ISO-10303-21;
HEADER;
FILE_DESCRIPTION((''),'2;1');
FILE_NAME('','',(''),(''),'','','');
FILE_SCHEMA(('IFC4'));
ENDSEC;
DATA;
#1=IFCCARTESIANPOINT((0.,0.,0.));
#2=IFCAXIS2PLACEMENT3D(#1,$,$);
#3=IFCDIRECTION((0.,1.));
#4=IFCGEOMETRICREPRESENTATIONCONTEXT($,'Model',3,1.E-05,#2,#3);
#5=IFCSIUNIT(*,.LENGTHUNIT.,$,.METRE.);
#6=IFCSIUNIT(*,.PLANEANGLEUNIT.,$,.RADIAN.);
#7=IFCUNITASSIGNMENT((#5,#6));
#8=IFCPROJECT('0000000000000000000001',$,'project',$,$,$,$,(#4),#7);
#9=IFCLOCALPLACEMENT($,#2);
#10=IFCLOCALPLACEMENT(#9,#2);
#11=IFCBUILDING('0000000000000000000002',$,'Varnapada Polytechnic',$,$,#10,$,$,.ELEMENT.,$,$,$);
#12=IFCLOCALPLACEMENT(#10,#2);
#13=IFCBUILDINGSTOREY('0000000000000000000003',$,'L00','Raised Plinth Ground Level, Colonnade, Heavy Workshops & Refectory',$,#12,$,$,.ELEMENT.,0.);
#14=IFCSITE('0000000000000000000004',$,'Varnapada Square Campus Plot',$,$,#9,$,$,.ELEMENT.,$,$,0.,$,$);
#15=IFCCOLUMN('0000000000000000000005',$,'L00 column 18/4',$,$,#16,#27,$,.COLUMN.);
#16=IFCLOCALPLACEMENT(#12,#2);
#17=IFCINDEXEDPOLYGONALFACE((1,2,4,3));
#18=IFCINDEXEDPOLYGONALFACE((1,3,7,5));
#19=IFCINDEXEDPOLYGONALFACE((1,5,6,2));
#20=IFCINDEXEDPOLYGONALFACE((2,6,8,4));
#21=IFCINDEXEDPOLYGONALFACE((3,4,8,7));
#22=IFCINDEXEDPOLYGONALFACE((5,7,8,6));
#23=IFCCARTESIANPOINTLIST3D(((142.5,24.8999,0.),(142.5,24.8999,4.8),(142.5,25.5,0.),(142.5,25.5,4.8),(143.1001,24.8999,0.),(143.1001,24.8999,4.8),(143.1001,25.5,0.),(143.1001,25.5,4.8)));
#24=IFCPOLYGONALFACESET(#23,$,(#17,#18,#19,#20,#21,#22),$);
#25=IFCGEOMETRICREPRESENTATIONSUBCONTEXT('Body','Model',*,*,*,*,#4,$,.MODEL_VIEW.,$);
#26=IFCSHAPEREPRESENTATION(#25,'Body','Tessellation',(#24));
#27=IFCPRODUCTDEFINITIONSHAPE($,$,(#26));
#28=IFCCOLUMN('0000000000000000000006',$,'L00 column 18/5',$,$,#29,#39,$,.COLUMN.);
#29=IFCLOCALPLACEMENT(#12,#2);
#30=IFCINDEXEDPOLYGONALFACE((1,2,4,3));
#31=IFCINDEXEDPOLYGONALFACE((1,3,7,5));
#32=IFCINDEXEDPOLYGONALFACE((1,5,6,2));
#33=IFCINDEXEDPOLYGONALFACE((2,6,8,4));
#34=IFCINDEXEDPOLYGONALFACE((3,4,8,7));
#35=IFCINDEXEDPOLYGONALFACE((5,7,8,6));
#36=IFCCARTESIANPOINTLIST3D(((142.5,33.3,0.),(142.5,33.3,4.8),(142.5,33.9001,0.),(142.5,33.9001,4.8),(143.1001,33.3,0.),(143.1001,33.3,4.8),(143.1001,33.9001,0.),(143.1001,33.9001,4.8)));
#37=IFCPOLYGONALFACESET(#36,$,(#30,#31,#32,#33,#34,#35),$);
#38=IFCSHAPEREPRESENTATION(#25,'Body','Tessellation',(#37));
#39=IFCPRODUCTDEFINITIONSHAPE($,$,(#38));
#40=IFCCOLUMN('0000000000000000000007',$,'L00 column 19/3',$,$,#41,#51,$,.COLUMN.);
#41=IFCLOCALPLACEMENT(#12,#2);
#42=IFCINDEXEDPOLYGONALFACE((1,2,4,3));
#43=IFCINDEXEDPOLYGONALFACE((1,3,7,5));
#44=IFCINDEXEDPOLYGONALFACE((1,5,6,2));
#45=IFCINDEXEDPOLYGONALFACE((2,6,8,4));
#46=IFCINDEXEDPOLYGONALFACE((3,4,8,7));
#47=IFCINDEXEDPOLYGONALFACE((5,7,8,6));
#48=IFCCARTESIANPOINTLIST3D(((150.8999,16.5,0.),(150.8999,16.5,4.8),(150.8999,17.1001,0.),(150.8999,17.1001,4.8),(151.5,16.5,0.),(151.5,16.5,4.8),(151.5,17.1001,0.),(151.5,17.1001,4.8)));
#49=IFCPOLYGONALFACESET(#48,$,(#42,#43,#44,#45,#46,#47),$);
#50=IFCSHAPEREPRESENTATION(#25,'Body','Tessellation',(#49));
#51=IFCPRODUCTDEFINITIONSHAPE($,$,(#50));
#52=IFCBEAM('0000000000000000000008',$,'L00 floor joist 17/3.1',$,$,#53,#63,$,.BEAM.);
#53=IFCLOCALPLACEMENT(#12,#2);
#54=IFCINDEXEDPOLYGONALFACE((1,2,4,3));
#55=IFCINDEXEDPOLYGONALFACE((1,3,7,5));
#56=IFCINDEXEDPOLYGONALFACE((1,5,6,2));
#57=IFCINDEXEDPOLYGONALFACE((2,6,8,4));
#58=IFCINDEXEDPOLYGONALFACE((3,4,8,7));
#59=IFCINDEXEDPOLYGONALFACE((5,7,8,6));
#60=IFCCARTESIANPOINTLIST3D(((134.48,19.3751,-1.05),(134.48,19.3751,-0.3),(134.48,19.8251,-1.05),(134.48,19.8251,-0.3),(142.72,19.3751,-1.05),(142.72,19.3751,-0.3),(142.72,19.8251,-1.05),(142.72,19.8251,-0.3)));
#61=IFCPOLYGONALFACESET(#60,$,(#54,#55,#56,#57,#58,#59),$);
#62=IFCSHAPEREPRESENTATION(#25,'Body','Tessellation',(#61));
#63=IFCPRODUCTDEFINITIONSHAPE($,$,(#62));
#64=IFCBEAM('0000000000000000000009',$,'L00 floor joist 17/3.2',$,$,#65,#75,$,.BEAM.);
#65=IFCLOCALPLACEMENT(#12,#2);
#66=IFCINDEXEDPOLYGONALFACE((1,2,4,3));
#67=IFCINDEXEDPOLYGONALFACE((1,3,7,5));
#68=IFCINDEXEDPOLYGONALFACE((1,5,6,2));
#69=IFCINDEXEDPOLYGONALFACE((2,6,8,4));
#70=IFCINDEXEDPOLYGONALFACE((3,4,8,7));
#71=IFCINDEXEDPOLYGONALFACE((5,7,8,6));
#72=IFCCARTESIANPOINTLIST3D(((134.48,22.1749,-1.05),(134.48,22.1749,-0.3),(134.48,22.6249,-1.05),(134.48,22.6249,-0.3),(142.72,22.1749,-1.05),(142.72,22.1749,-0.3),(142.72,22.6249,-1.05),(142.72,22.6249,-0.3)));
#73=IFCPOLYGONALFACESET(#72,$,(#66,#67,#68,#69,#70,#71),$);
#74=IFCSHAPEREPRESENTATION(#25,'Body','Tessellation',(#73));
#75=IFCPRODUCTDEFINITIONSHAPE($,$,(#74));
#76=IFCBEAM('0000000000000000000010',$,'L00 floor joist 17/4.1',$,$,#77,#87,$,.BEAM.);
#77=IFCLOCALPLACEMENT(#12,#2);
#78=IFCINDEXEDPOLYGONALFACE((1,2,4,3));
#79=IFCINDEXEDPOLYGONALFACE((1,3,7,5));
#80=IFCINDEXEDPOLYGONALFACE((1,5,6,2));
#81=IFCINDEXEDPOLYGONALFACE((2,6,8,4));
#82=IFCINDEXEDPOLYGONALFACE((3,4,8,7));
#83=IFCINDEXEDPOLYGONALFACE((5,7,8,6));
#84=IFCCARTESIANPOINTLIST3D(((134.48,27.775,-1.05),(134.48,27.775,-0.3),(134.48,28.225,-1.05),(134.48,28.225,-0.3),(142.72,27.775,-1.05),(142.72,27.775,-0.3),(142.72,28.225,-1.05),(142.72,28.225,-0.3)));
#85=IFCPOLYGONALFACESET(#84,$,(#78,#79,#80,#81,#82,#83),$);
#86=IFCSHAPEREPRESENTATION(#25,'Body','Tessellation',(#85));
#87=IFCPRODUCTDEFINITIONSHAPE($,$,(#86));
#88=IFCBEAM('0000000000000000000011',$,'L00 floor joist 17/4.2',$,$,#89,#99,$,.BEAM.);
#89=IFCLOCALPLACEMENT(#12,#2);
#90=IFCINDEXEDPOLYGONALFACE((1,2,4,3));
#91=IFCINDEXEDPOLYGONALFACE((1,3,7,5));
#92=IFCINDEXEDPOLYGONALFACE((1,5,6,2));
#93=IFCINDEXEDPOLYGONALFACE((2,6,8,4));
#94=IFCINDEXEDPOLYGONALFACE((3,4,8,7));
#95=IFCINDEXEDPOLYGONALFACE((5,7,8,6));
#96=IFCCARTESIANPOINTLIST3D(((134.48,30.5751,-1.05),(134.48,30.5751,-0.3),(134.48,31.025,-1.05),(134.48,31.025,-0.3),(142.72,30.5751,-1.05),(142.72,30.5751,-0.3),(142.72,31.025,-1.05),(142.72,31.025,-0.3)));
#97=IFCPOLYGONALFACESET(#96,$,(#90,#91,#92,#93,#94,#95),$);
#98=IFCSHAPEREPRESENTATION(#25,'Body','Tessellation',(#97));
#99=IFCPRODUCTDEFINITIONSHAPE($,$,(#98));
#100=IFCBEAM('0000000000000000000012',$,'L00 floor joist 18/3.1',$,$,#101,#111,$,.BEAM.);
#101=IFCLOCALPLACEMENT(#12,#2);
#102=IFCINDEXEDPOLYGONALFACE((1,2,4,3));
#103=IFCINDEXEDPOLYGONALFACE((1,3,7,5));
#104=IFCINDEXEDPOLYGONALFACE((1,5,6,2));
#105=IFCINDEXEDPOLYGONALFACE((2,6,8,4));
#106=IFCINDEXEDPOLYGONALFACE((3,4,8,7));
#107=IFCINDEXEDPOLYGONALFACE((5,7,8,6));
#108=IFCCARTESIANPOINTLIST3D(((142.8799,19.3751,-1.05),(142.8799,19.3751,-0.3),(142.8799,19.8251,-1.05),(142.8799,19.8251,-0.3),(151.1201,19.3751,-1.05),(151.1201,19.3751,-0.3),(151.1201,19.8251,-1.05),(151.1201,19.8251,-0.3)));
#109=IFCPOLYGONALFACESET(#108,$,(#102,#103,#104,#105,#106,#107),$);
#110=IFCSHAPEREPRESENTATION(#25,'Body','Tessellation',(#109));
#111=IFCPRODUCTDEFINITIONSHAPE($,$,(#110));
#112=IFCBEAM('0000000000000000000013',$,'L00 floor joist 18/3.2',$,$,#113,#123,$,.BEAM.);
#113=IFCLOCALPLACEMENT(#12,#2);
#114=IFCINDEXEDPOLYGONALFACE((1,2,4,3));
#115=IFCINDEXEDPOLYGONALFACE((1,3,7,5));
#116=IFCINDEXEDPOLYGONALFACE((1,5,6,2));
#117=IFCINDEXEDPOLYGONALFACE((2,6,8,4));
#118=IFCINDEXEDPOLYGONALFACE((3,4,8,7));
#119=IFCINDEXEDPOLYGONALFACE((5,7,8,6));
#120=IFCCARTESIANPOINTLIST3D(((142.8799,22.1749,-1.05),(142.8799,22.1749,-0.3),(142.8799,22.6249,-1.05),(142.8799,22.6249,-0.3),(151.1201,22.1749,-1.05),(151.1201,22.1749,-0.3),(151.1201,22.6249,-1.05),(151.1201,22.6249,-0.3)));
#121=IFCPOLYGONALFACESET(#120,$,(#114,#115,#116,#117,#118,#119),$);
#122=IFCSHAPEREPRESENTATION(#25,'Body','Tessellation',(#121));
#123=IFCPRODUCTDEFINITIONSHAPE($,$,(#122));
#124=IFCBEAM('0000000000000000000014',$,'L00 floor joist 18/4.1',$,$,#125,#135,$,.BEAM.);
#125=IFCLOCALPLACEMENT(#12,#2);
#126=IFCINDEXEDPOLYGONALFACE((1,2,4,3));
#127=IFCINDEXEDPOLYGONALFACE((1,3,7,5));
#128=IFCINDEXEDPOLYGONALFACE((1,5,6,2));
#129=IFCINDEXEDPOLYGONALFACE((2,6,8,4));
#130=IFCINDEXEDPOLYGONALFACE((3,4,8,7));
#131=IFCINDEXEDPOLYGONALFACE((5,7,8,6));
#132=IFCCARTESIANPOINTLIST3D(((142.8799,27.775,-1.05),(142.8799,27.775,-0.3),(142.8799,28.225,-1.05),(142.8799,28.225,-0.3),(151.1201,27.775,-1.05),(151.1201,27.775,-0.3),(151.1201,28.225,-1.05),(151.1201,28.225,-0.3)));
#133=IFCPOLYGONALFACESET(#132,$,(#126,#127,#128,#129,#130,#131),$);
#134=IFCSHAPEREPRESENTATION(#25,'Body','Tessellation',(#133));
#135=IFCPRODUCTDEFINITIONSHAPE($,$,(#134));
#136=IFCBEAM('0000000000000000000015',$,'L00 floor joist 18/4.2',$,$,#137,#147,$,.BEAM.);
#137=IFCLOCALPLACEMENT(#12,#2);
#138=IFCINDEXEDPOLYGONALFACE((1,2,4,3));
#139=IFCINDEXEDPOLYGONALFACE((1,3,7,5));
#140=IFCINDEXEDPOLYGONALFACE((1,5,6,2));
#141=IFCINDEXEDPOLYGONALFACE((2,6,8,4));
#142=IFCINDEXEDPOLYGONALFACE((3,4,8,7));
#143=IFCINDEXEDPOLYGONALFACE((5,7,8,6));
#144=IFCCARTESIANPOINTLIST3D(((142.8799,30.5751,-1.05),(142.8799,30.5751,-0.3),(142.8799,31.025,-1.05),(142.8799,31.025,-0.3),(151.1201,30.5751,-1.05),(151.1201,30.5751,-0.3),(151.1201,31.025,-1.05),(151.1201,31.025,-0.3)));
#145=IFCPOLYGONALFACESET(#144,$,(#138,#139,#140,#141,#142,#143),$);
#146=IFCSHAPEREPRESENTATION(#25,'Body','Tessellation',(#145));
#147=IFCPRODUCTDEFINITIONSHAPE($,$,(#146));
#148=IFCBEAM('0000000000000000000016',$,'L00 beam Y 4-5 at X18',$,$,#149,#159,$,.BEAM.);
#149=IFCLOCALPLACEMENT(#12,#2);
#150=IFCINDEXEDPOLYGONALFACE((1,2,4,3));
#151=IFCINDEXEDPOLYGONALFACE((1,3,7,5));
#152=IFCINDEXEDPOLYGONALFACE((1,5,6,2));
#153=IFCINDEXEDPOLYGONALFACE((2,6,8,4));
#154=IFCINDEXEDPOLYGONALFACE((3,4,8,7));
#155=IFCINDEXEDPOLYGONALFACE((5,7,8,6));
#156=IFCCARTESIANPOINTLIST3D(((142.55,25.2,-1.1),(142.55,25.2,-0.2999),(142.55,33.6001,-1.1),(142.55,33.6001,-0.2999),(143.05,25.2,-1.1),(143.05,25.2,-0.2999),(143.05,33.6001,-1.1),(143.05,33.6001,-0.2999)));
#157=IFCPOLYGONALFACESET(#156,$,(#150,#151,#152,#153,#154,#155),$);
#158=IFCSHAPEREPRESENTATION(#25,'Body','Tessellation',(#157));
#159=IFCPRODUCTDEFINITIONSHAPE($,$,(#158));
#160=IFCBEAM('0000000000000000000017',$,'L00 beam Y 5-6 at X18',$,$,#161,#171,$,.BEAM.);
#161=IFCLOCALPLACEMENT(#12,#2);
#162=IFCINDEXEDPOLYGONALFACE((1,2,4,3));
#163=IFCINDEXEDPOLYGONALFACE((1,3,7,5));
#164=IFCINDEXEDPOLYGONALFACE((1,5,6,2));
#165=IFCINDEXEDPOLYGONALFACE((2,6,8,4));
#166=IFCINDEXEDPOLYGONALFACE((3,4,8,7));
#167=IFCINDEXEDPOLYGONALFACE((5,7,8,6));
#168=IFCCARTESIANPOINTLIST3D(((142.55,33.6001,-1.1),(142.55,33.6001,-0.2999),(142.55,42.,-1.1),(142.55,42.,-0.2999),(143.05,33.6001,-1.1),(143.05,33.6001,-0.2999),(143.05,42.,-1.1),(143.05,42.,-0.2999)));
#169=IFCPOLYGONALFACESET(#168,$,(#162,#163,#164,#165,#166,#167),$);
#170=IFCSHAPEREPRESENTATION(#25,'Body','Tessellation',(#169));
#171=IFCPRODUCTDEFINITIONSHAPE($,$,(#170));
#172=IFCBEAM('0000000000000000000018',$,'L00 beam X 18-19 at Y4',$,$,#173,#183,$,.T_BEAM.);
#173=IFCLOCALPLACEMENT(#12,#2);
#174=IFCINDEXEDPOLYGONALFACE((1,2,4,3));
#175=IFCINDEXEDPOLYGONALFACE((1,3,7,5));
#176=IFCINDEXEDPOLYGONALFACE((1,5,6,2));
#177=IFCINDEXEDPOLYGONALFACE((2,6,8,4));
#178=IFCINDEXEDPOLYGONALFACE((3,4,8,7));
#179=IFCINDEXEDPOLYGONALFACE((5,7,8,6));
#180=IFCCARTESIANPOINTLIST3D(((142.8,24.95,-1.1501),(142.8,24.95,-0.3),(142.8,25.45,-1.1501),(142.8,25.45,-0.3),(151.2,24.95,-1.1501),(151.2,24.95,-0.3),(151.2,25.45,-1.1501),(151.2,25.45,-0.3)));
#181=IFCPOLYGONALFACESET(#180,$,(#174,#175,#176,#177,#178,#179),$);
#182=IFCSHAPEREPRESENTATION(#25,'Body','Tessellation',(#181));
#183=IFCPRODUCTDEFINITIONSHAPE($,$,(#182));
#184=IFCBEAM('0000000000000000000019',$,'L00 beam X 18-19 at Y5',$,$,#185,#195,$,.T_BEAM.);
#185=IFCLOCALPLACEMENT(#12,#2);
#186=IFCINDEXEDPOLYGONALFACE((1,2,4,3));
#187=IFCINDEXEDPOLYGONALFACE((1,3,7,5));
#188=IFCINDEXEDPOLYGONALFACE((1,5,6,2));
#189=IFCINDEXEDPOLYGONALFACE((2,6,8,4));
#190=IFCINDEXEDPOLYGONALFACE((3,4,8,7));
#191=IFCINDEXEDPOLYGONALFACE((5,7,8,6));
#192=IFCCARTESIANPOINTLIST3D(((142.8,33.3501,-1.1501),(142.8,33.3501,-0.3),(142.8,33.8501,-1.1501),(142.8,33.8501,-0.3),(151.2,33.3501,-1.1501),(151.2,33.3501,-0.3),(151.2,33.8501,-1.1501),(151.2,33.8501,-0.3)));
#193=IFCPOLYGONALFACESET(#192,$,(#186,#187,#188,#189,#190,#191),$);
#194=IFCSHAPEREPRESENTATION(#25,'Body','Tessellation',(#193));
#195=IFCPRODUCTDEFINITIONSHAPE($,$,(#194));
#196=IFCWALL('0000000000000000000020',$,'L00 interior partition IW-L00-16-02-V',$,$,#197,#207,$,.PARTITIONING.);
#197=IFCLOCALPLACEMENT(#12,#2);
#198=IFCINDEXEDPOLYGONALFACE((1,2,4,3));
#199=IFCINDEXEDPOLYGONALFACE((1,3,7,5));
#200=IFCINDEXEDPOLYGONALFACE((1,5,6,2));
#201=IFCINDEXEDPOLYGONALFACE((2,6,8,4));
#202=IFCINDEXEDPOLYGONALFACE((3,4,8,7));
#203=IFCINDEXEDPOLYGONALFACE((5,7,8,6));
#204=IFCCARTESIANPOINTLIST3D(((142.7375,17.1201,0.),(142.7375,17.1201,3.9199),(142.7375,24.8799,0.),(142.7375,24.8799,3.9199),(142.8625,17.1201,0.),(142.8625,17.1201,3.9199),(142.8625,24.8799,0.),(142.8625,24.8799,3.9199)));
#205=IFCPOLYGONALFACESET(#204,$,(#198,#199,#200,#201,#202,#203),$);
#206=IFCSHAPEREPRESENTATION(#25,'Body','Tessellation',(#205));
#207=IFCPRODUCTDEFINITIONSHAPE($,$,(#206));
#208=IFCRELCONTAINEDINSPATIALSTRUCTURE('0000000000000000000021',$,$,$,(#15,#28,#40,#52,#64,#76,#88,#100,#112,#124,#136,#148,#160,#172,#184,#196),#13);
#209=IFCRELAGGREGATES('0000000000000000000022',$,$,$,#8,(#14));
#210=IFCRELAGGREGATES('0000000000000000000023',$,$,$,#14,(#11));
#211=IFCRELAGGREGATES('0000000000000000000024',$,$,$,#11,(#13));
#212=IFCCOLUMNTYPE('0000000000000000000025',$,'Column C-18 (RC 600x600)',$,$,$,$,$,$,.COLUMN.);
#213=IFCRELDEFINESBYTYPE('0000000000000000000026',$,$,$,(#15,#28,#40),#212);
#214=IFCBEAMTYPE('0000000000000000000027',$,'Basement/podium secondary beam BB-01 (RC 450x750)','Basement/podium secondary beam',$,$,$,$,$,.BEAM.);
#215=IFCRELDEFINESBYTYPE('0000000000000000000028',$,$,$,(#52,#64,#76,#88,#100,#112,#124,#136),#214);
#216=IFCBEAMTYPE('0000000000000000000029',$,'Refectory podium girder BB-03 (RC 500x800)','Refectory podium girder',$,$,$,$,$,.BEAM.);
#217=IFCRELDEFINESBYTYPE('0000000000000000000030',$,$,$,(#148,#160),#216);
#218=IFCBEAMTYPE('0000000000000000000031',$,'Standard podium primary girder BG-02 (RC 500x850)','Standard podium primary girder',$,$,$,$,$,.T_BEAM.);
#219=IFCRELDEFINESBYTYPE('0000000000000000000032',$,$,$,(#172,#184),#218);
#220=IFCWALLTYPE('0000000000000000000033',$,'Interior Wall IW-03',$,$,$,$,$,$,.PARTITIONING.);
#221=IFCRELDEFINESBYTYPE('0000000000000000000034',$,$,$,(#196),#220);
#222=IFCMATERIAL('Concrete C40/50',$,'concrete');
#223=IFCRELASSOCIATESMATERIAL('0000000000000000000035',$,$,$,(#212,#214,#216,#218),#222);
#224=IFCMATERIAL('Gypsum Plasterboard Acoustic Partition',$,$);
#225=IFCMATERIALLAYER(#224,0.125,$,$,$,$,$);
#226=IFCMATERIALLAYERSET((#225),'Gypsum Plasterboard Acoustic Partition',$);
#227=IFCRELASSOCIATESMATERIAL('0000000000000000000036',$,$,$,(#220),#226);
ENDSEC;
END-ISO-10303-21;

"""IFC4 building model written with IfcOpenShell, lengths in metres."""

from ifc_helpers import new_model, si_unit, direction, frame, frame_2d, origin, origin_2d, place, context, subcontext, project, spatial, rectangle, extrude, material, layer, layer_set, material_profile, profile_set, type_object, element, save


model = new_model("IFC4")

# Units and contexts
model_context = context("Model", 3, precision=1e-05, world=origin(), true_north=direction((0.0, 1.0)))
body_context = subcontext(model_context, "Body", "Model", "MODEL_VIEW")
ifc_project = project(units=[si_unit("LENGTHUNIT", "METRE"), si_unit("PLANEANGLEUNIT", "RADIAN")], contexts=[model_context])

# Site, building, storey
site_placement = place(None, origin())
site = spatial("IfcSite", under=ifc_project, at=site_placement, Name="Varnapada Square Campus Plot", CompositionType="ELEMENT", RefElevation=0.0)
building_placement = place(site_placement, origin())
building = spatial("IfcBuilding", under=site, at=building_placement, Name="Varnapada Polytechnic", CompositionType="ELEMENT")
storey_placement = place(building_placement, origin())
storey = spatial("IfcBuildingStorey", under=building, at=storey_placement, Name="L00", Description="Raised Plinth Ground Level, Colonnade, Heavy Workshops & Refectory", CompositionType="ELEMENT", Elevation=0.0)

# Columns
ifc_material_1 = material(Name="Concrete C40/50", Category="concrete")
ifc_material_profile_1 = material_profile(ifc_material_1, rectangle(XDim=0.6001, YDim=0.6001, at=origin_2d()), Name="RC 600x600")
ifc_profile_set_1 = profile_set([ifc_material_profile_1], Name="Concrete C40/50")
column_type = type_object("IfcColumnType", Name="Column C-18 (RC 600x600)", PredefinedType="COLUMN", material=ifc_profile_set_1)
for number, where, z_axis, x_axis, name in (
    (1, (142.8, 25.2, 0.0), (0.0, 0.0, 1.0), (1.0, 0.0, 0.0), "L00 column 18/4"),
    (2, (142.8, 33.6001, 0.0), (0.0, 0.0, 1.0), (1.0, 0.0, 0.0), "L00 column 18/5"),
    (3, (151.2, 16.8, 0.0), (0.0, 0.0, 1.0), (1.0, 0.0, 0.0), "L00 column 19/3"),
):
    element("IfcColumn", number, at=place(storey_placement, frame(where, z_axis=z_axis, x_axis=x_axis)), inside=storey, type_object=column_type, Name=name, PredefinedType="COLUMN", context=body_context, shape_type="SweptSolid", body=[
        extrude(rectangle(XDim=0.6001, YDim=0.6001, at=origin_2d()), origin(), (0.0, 0.0, 1.0), 4.8),
    ])

# Beams
ifc_material_profile_2 = material_profile(ifc_material_1, rectangle(XDim=0.45, YDim=0.75, at=origin_2d()), Name="RC 450x750")
ifc_profile_set_2 = profile_set([ifc_material_profile_2], Name="Concrete C40/50")
beam_type_1 = type_object("IfcBeamType", Name="Basement/podium secondary beam BB-01 (RC 450x750)", Description="Basement/podium secondary beam", PredefinedType="BEAM", material=ifc_profile_set_2)
for number, where, z_axis, x_axis, name in (
    (4, (134.48, 19.6001, -0.675), (1.0, 0.0, 0.0), (0.0, 1.0, 0.0), "L00 floor joist 17/3.1"),
    (5, (134.48, 22.3999, -0.675), (1.0, 0.0, 0.0), (0.0, 1.0, 0.0), "L00 floor joist 17/3.2"),
    (6, (134.48, 28.0, -0.675), (1.0, 0.0, 0.0), (0.0, 1.0, 0.0), "L00 floor joist 17/4.1"),
    (7, (134.48, 30.8, -0.675), (1.0, 0.0, 0.0), (0.0, 1.0, 0.0), "L00 floor joist 17/4.2"),
):
    element("IfcBeam", number, at=place(storey_placement, frame(where, z_axis=z_axis, x_axis=x_axis)), inside=storey, type_object=beam_type_1, Name=name, PredefinedType="BEAM", context=body_context, shape_type="SweptSolid", body=[
        extrude(rectangle(XDim=0.45, YDim=0.75, at=origin_2d()), origin(), (0.0, 0.0, 1.0), 8.24),
    ])
for number, where, z_axis, x_axis, name in (
    (8, (142.8799, 19.6001, -0.675), (1.0, 0.0, 0.0), (0.0, 1.0, 0.0), "L00 floor joist 18/3.1"),
    (9, (142.8799, 22.3999, -0.675), (1.0, 0.0, 0.0), (0.0, 1.0, 0.0), "L00 floor joist 18/3.2"),
    (10, (142.8799, 28.0, -0.675), (1.0, 0.0, 0.0), (0.0, 1.0, 0.0), "L00 floor joist 18/4.1"),
    (11, (142.8799, 30.8, -0.675), (1.0, 0.0, 0.0), (0.0, 1.0, 0.0), "L00 floor joist 18/4.2"),
):
    element("IfcBeam", number, at=place(storey_placement, frame(where, z_axis=z_axis, x_axis=x_axis)), inside=storey, type_object=beam_type_1, Name=name, PredefinedType="BEAM", context=body_context, shape_type="SweptSolid", body=[
        extrude(rectangle(XDim=0.45, YDim=0.75, at=origin_2d()), origin(), (0.0, 0.0, 1.0), 8.2402),
    ])
ifc_material_profile_3 = material_profile(ifc_material_1, rectangle(XDim=0.5, YDim=0.8, at=origin_2d()), Name="RC 500x800")
ifc_profile_set_3 = profile_set([ifc_material_profile_3], Name="Concrete C40/50")
beam_type_2 = type_object("IfcBeamType", Name="Refectory podium girder BB-03 (RC 500x800)", Description="Refectory podium girder", PredefinedType="BEAM", material=ifc_profile_set_3)
beam_1_placement = place(storey_placement, frame((142.8, 25.2, -0.7), z_axis=(0.0, 1.0, 0.0), x_axis=(-1.0, 0.0, 0.0)))
element("IfcBeam", 12, at=beam_1_placement, inside=storey, type_object=beam_type_2, Name="L00 beam Y 4-5 at X18", PredefinedType="BEAM", context=body_context, shape_type="SweptSolid", body=[
    extrude(rectangle(XDim=0.5, YDim=0.8, at=origin_2d()), origin(), (0.0, 0.0, 1.0), 8.4001),
])
beam_2_placement = place(storey_placement, frame((142.8, 33.6001, -0.7), z_axis=(0.0, 1.0, 0.0), x_axis=(-1.0, 0.0, 0.0)))
element("IfcBeam", 13, at=beam_2_placement, inside=storey, type_object=beam_type_2, Name="L00 beam Y 5-6 at X18", PredefinedType="BEAM", context=body_context, shape_type="SweptSolid", body=[
    extrude(rectangle(XDim=0.5, YDim=0.8, at=origin_2d()), origin(), (0.0, 0.0, 1.0), 8.3999),
])
ifc_material_profile_4 = material_profile(ifc_material_1, rectangle(XDim=0.5, YDim=0.8501, at=origin_2d()), Name="RC 500x850")
ifc_profile_set_4 = profile_set([ifc_material_profile_4], Name="Concrete C40/50")
beam_type_3 = type_object("IfcBeamType", Name="Standard podium primary girder BG-02 (RC 500x850)", Description="Standard podium primary girder", PredefinedType="T_BEAM", material=ifc_profile_set_4)
for number, where, z_axis, x_axis, name in (
    (14, (142.8, 25.2, -0.7251), (1.0, 0.0, 0.0), (0.0, 1.0, 0.0), "L00 beam X 18-19 at Y4"),
    (15, (142.8, 33.6001, -0.7251), (1.0, 0.0, 0.0), (0.0, 1.0, 0.0), "L00 beam X 18-19 at Y5"),
):
    element("IfcBeam", number, at=place(storey_placement, frame(where, z_axis=z_axis, x_axis=x_axis)), inside=storey, type_object=beam_type_3, Name=name, PredefinedType="T_BEAM", context=body_context, shape_type="SweptSolid", body=[
        extrude(rectangle(XDim=0.5, YDim=0.8501, at=origin_2d()), origin(), (0.0, 0.0, 1.0), 8.3999),
    ])

# Wall
ifc_material_2 = material(Name="Gypsum Plasterboard Acoustic Partition")
ifc_layer_1 = layer(ifc_material_2, 0.125)
ifc_layer_set_1 = layer_set([ifc_layer_1], Name="Gypsum Plasterboard Acoustic Partition")
wall_type_1 = type_object("IfcWallType", Name="Interior Wall IW-03", PredefinedType="PARTITIONING", material=ifc_layer_set_1)
wall_1_placement = place(storey_placement, frame((142.8, 17.1201, 0.0), z_axis=(0.0, 0.0, 1.0), x_axis=(0.0, 1.0, 0.0)))
element("IfcWall", 16, at=wall_1_placement, inside=storey, type_object=wall_type_1, Name="L00 interior partition IW-L00-16-02-V", PredefinedType="PARTITIONING", context=body_context, shape_type="SweptSolid", body=[
    extrude(rectangle(XDim=7.7598, YDim=0.125, at=frame_2d((3.8799, 0.0))), origin(), (0.0, 0.0, 1.0), 3.9199),
])

save(model, "model.ifc")
